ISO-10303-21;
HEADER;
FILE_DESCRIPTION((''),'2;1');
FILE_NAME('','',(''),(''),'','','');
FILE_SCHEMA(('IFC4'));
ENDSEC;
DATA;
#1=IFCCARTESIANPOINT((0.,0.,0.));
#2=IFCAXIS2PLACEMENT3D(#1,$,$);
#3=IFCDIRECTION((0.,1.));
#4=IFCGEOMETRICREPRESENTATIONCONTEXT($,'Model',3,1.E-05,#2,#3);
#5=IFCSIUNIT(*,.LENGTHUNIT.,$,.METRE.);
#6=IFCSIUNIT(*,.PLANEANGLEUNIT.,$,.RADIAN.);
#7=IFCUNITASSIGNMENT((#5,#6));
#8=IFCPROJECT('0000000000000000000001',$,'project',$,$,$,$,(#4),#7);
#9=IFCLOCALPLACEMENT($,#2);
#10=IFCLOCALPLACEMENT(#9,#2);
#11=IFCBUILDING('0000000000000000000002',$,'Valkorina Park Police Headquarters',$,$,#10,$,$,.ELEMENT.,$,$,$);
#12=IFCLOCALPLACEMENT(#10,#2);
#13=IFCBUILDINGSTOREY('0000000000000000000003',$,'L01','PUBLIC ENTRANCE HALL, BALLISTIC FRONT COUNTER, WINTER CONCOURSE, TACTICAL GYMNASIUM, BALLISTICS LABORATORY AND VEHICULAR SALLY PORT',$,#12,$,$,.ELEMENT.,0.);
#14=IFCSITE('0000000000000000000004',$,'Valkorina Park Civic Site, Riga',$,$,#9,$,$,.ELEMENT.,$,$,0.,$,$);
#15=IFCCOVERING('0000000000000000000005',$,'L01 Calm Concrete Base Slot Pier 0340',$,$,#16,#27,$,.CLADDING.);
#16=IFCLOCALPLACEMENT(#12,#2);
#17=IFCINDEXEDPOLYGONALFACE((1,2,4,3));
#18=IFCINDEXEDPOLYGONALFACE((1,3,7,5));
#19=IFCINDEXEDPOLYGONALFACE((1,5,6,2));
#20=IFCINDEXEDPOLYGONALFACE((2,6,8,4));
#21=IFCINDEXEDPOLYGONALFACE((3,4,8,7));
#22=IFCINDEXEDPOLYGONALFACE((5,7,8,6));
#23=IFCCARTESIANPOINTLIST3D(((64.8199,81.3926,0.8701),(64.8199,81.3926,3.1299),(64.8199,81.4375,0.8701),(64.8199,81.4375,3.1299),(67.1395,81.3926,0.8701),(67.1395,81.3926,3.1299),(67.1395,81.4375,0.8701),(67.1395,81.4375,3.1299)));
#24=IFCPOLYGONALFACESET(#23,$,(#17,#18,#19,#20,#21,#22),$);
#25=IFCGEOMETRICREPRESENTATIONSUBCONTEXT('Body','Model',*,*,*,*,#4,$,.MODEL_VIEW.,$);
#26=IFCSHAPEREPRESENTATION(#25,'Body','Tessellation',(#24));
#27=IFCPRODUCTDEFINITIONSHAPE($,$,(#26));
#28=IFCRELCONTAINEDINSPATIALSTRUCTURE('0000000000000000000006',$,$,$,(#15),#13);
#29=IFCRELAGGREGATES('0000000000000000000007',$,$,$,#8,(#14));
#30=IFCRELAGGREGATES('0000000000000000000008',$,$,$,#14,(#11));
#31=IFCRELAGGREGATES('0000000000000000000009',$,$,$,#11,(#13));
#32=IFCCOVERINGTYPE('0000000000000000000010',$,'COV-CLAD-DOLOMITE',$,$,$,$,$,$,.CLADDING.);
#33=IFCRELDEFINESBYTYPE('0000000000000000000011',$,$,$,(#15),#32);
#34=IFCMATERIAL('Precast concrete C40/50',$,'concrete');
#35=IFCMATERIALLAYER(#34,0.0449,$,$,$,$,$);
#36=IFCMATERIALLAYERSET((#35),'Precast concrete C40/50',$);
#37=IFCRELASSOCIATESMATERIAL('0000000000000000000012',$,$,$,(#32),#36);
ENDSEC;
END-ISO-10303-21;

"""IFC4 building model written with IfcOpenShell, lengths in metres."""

from ifc_helpers import new_model, si_unit, direction, frame, frame_2d, origin, place, context, subcontext, project, spatial, rectangle, extrude, material, layer, layer_set, type_object, element, save


model = new_model("IFC4")

# Units and contexts
model_context = context("Model", 3, precision=1e-05, world=origin(), true_north=direction((0.0, 1.0)))
body_context = subcontext(model_context, "Body", "Model", "MODEL_VIEW")
ifc_project = project(units=[si_unit("LENGTHUNIT", "METRE"), si_unit("PLANEANGLEUNIT", "RADIAN")], contexts=[model_context])

# Site, building, storey
site_placement = place(None, origin())
site = spatial("IfcSite", under=ifc_project, at=site_placement, Name="Valkorina Park Civic Site, Riga", CompositionType="ELEMENT", RefElevation=0.0)
building_placement = place(site_placement, origin())
building = spatial("IfcBuilding", under=site, at=building_placement, Name="Valkorina Park Police Headquarters", CompositionType="ELEMENT")
storey_placement = place(building_placement, origin())
storey = spatial("IfcBuildingStorey", under=building, at=storey_placement, Name="L01", Description="PUBLIC ENTRANCE HALL, BALLISTIC FRONT COUNTER, WINTER CONCOURSE, TACTICAL GYMNASIUM, BALLISTICS LABORATORY AND VEHICULAR SALLY PORT", CompositionType="ELEMENT", Elevation=0.0)

# Covering
ifc_material_1 = material(Name="Precast concrete C40/50", Category="concrete")
ifc_layer_1 = layer(ifc_material_1, 0.0449)
ifc_layer_set_1 = layer_set([ifc_layer_1], Name="Precast concrete C40/50")
covering_type = type_object("IfcCoveringType", Name="COV-CLAD-DOLOMITE", PredefinedType="CLADDING", material=ifc_layer_set_1)
covering_1_placement = place(storey_placement, frame((64.8201, 81.415, 0.8701), z_axis=(0.0, 0.0, 1.0), x_axis=(1.0, 0.0, 0.0)))
element("IfcCovering", 1, at=covering_1_placement, inside=storey, type_object=covering_type, Name="L01 Calm Concrete Base Slot Pier 0340", PredefinedType="CLADDING", context=body_context, shape_type="SweptSolid", body=[
    extrude(rectangle(XDim=2.3196, YDim=0.0449, at=frame_2d((1.1597, 0.0))), origin(), (0.0, 0.0, 1.0), 2.2598),
])

save(model, "model.ifc")
